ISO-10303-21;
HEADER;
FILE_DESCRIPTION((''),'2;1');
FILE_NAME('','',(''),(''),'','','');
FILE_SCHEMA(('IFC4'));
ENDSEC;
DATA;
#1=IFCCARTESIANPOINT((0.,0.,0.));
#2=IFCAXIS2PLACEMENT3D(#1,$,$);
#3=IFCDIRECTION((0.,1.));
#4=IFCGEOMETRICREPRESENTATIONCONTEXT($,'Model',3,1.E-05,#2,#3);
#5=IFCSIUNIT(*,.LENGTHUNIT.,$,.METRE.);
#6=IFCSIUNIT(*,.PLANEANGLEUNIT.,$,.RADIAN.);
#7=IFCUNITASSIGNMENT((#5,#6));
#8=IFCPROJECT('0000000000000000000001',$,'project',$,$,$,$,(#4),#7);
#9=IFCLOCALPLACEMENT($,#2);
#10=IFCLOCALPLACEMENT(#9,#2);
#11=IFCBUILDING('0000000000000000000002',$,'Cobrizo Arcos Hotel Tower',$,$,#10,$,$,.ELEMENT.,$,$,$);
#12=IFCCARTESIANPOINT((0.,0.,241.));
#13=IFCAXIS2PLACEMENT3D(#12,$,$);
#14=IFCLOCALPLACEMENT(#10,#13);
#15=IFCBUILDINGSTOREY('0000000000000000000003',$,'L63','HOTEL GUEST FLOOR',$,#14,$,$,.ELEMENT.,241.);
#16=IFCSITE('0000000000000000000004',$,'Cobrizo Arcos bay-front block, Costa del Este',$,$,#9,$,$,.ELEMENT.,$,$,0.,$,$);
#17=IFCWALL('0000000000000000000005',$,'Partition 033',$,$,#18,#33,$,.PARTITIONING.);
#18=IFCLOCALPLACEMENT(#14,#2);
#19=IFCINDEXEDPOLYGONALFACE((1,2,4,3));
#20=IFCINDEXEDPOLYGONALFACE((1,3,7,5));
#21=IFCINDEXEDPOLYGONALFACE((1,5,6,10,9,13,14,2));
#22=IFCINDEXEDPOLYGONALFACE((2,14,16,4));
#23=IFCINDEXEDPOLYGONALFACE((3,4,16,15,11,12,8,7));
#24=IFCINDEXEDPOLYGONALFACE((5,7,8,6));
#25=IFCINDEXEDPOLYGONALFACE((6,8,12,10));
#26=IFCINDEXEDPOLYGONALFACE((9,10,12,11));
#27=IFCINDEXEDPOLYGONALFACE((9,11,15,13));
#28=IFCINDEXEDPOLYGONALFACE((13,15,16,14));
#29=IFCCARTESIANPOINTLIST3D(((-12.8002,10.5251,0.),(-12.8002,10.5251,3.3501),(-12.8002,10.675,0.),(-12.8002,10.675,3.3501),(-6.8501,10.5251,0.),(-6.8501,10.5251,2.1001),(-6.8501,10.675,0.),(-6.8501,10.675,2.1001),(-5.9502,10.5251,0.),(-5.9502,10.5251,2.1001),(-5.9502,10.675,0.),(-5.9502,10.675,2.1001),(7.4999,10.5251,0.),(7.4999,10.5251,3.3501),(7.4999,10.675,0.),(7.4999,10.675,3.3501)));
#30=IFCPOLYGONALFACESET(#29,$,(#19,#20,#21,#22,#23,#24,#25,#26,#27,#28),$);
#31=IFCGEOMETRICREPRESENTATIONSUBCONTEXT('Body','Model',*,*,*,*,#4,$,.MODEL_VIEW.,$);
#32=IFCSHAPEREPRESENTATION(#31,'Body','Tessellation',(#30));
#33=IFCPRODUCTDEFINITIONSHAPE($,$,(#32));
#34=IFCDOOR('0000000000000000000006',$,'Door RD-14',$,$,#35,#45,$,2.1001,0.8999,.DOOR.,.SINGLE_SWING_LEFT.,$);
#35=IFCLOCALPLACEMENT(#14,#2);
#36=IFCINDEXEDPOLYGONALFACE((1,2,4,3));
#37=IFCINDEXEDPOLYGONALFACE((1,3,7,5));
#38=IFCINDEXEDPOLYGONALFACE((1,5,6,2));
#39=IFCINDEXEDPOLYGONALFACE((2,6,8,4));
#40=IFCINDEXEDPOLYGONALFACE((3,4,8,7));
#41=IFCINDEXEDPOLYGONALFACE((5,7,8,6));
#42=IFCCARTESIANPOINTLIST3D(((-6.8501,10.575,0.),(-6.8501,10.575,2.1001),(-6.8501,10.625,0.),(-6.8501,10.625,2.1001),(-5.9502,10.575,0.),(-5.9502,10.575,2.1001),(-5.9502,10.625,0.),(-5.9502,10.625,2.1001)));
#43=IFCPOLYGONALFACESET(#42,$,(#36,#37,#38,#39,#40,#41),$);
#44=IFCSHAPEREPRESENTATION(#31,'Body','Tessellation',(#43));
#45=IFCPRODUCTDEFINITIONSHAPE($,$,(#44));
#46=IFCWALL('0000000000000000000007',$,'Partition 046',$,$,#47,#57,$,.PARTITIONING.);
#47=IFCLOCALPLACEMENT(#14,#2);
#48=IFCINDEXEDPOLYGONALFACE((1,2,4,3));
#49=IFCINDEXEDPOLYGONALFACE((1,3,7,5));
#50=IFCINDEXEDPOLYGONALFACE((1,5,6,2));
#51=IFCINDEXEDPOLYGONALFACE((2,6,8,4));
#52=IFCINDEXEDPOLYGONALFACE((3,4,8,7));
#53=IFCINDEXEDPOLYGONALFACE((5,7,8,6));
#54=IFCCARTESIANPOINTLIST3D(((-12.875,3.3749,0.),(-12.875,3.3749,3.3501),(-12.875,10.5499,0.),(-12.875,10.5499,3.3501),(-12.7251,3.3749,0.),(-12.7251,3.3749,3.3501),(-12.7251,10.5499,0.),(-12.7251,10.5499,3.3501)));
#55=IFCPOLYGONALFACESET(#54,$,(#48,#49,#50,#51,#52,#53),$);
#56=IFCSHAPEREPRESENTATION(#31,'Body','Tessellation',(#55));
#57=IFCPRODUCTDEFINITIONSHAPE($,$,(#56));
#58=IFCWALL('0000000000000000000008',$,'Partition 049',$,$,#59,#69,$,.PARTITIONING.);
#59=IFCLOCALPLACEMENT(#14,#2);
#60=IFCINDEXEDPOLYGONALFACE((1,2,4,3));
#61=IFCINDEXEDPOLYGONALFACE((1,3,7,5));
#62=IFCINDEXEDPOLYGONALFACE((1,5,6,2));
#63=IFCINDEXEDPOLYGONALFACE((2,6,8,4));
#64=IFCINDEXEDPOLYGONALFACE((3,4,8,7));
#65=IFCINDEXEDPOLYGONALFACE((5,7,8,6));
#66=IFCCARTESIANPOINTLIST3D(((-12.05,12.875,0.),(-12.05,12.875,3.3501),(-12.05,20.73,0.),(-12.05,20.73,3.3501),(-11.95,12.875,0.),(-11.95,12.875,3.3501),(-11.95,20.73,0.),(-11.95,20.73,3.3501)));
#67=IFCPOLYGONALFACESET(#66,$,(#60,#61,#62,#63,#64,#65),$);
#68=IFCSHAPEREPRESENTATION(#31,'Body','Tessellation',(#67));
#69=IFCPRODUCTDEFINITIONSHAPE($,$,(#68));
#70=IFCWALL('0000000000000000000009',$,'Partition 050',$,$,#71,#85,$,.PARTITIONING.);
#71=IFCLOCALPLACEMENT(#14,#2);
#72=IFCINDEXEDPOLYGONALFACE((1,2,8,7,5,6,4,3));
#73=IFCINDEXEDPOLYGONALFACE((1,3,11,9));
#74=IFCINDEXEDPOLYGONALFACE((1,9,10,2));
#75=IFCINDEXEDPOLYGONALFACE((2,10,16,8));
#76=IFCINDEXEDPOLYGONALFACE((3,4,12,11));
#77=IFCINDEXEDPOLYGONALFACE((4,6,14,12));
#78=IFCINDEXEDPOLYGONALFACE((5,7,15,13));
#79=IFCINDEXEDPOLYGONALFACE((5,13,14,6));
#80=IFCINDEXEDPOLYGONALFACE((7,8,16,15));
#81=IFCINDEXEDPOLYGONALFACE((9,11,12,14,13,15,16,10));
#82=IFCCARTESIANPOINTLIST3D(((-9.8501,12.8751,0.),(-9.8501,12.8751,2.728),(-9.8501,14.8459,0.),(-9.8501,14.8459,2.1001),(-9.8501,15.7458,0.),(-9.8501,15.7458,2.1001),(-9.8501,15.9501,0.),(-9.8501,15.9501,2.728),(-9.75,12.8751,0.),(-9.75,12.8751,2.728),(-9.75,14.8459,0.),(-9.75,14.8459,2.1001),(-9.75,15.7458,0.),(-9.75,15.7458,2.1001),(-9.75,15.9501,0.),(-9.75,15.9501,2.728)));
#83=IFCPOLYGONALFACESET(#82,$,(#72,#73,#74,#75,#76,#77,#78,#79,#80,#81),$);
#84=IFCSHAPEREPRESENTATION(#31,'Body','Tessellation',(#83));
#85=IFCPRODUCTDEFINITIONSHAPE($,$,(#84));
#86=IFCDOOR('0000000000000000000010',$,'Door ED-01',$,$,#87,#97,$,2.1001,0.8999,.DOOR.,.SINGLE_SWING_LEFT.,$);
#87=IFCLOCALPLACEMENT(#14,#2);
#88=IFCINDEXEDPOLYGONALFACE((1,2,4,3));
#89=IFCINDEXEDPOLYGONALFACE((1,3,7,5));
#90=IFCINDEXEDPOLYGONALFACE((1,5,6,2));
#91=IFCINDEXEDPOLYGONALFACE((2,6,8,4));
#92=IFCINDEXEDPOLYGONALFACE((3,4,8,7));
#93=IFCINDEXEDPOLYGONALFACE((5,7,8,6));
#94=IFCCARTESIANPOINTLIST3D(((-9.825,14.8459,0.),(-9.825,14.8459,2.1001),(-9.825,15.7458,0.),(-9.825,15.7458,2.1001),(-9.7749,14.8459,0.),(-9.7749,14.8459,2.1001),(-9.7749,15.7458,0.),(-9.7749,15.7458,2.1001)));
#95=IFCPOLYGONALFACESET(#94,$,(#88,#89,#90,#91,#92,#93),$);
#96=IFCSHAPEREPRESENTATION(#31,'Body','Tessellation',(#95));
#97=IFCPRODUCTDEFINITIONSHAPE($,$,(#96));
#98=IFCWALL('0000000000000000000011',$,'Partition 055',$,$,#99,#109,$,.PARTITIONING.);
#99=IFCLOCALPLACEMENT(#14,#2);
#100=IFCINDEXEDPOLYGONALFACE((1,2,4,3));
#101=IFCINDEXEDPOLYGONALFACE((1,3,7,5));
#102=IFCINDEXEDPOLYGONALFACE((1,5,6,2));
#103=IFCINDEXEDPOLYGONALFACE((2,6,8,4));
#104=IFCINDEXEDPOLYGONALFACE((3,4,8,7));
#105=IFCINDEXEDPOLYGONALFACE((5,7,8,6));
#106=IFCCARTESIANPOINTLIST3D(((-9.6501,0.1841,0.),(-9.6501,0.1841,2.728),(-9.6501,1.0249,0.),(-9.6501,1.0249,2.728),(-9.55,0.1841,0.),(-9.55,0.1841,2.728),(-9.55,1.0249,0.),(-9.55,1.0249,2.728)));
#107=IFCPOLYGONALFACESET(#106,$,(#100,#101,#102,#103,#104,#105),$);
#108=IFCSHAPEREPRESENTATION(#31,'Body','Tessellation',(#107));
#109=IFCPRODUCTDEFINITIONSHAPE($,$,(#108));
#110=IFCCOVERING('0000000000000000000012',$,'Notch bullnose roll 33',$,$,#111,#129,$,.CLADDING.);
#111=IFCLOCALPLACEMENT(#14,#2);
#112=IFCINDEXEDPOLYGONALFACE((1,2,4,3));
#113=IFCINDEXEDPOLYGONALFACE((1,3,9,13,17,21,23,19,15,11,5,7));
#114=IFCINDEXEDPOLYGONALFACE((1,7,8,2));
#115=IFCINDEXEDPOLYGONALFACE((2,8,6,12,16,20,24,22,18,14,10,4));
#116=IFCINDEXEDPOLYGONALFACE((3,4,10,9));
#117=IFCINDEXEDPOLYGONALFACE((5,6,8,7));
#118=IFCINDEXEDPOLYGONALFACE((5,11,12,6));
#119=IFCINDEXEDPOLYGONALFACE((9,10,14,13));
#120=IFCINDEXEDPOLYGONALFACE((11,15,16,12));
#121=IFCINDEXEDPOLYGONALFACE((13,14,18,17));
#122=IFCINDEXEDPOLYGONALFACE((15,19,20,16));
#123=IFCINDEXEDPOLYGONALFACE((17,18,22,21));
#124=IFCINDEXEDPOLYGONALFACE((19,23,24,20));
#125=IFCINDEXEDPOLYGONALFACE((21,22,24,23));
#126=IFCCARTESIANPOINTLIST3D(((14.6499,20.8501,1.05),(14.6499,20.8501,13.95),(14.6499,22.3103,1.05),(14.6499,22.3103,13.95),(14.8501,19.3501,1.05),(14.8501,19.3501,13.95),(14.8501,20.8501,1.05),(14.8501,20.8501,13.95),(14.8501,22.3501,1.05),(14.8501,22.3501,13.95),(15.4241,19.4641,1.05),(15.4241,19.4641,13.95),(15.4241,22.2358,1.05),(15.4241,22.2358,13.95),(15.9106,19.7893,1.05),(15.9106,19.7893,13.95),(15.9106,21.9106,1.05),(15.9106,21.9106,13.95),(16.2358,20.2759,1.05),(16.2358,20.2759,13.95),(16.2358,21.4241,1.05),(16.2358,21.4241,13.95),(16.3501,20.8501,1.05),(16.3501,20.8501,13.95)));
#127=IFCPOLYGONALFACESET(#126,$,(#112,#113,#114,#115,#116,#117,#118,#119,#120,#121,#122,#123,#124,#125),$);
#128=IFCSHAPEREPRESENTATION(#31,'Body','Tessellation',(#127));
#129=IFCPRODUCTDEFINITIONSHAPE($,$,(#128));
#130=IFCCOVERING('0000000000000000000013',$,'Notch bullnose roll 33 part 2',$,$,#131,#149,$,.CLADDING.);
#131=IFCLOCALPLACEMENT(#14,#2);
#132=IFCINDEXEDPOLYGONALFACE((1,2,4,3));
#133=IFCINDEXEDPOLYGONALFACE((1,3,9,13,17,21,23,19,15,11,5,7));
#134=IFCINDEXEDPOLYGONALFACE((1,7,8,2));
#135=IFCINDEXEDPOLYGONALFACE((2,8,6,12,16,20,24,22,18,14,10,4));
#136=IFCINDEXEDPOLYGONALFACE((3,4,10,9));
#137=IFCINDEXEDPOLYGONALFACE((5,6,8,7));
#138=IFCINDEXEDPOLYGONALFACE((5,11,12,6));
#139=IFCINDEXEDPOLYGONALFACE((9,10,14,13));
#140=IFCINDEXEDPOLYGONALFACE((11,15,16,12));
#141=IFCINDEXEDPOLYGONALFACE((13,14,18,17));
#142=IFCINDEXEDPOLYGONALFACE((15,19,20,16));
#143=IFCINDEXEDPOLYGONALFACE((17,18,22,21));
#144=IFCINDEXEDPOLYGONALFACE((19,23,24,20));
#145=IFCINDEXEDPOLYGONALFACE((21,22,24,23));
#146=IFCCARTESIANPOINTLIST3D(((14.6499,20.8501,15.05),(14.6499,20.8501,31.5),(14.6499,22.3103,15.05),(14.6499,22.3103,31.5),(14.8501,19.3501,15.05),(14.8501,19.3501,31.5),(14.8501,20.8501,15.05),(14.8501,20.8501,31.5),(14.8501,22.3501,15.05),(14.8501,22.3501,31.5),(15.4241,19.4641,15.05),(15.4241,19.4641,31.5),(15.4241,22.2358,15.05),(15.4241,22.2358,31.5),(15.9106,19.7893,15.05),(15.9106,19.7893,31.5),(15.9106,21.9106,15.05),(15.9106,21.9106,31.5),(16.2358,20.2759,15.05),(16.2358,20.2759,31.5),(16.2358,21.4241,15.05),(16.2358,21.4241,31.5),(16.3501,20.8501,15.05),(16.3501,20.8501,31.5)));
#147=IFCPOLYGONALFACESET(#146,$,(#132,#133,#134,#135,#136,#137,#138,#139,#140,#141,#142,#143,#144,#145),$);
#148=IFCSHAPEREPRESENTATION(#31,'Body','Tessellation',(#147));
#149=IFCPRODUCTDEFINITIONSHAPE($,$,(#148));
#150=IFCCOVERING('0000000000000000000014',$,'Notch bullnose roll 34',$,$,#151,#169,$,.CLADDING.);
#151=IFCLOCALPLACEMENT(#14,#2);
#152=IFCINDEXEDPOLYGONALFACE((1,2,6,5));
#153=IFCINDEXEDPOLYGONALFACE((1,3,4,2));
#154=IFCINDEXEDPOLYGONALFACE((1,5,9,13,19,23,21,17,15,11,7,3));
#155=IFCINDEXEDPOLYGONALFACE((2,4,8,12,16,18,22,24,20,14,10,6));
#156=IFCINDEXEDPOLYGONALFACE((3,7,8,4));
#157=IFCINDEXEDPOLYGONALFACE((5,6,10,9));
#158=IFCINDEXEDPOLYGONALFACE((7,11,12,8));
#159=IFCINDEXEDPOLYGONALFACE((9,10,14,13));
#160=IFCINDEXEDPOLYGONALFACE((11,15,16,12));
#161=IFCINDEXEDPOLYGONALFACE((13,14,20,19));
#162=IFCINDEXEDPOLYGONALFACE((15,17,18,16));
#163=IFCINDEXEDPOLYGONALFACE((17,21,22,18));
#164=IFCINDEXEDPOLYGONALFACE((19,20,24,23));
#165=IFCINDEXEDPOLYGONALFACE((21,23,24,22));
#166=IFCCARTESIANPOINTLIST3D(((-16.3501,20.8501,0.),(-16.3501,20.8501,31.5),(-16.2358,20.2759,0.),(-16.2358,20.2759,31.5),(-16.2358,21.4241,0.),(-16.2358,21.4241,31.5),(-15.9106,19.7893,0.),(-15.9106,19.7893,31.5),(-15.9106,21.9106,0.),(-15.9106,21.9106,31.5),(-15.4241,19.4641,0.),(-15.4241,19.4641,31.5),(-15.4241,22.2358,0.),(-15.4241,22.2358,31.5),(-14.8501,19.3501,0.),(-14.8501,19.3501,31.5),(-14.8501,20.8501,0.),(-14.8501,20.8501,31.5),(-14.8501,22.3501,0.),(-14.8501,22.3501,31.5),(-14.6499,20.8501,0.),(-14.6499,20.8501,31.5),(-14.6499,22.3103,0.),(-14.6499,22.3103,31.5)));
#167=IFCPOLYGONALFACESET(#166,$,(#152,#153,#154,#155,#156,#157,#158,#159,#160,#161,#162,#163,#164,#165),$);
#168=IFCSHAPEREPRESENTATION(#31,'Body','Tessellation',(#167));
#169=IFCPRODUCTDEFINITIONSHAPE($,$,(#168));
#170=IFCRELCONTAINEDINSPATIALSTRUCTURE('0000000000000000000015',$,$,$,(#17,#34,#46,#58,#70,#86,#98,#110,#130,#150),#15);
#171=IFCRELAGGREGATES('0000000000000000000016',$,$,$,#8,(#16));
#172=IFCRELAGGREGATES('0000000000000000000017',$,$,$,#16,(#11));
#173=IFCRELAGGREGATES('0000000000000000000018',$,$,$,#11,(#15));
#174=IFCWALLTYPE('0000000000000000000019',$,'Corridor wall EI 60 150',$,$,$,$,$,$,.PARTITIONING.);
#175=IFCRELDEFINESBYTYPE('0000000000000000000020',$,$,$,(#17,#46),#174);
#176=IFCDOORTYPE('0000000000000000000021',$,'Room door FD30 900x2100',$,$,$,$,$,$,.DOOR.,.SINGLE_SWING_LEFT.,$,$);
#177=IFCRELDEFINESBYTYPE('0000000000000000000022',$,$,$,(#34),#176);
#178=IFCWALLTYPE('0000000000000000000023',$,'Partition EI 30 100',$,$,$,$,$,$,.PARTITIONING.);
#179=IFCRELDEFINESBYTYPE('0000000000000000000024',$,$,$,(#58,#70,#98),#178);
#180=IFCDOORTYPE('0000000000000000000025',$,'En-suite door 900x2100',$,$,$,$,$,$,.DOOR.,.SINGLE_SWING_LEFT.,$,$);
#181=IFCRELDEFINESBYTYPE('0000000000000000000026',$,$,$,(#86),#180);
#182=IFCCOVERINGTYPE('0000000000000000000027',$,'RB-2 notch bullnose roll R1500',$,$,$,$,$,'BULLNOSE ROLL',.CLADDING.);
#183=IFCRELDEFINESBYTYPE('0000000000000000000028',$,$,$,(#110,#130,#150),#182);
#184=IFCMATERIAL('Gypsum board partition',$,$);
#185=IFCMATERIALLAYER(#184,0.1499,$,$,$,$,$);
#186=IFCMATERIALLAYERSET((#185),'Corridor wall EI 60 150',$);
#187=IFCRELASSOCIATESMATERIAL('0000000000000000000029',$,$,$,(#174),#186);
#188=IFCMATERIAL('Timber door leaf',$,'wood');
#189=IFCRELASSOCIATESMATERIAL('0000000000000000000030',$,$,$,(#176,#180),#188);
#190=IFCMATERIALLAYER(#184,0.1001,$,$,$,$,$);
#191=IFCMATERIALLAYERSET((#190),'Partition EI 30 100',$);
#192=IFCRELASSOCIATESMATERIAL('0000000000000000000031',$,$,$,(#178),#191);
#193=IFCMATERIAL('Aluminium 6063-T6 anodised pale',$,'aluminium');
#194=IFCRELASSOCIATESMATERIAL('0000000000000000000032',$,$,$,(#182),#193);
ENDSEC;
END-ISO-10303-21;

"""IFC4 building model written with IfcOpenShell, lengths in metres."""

from ifc_helpers import new_model, si_unit, direction, frame, frame_2d, origin, place, context, subcontext, project, spatial, polyline, rectangle, outline, extrude, material, layer, layer_set, type_object, element, fill, save


model = new_model("IFC4")

# Units and contexts
model_context = context("Model", 3, precision=1e-05, world=origin(), true_north=direction((0.0, 1.0)))
body_context = subcontext(model_context, "Body", "Model", "MODEL_VIEW")
ifc_project = project(units=[si_unit("LENGTHUNIT", "METRE"), si_unit("PLANEANGLEUNIT", "RADIAN")], contexts=[model_context])

# Site, building, storey
site_placement = place(None, origin())
site = spatial("IfcSite", under=ifc_project, at=site_placement, Name="Cobrizo Arcos bay-front block, Costa del Este", CompositionType="ELEMENT", RefElevation=0.0)
building_placement = place(site_placement, origin())
building = spatial("IfcBuilding", under=site, at=building_placement, Name="Cobrizo Arcos Hotel Tower", CompositionType="ELEMENT")
storey_placement = place(building_placement, frame((0.0, 0.0, 241.0)))
storey = spatial("IfcBuildingStorey", under=building, at=storey_placement, Name="L63", Description="HOTEL GUEST FLOOR", CompositionType="ELEMENT", Elevation=241.0)

# Shared definitions
ifc_material_1 = material(Name="Gypsum board partition")
ifc_layer_1 = layer(ifc_material_1, 0.1499)
ifc_layer_set_1 = layer_set([ifc_layer_1], Name="Corridor wall EI 60 150")
wall_type_1 = type_object("IfcWallType", Name="Corridor wall EI 60 150", PredefinedType="PARTITIONING", material=ifc_layer_set_1)

# Wall, opening, door
ifc_material_2 = material(Name="Timber door leaf", Category="wood")
door_type_1 = type_object("IfcDoorType", Name="Room door FD30 900x2100", OperationType="SINGLE_SWING_LEFT", PredefinedType="DOOR", material=ifc_material_2)
wall_1_placement = place(storey_placement, frame((-12.8, 10.6001, 0.0), z_axis=(0.0, 0.0, 1.0), x_axis=(1.0, 0.0, 0.0)))
wall_1 = element("IfcWall", 1, at=wall_1_placement, inside=storey, type_object=wall_type_1, Name="Partition 033", PredefinedType="PARTITIONING", context=body_context, shape_type="SweptSolid", body=[
    extrude(rectangle(XDim=20.3, YDim=0.1499, at=frame_2d((10.1499, 0.0))), origin(), (0.0, 0.0, 1.0), 3.3501),
])
opening_1_placement = place(wall_1_placement, frame((5.95, 0.0, 0.0)))
opening_1 = element("IfcOpeningElement", 2, at=opening_1_placement, cuts=wall_1, PredefinedType="OPENING", context=body_context, shape_type="SweptSolid", body=[
    extrude(rectangle(XDim=0.8999, YDim=2.1001, at=frame_2d((0.45, 1.05))), frame((0.0, 0.0869, 0.0), z_axis=(0.0, -1.0, 0.0), x_axis=(1.0, 0.0, 0.0)), (0.0, 0.0, 1.0), 0.1738),
])
door_1_placement = place(opening_1_placement, origin())
door_1 = element("IfcDoor", 3, at=door_1_placement, inside=storey, type_object=door_type_1, Name="Door RD-14", OperationType="SINGLE_SWING_LEFT", OverallHeight=2.1001, OverallWidth=0.8999, PredefinedType="DOOR", context=body_context, shape_type="SweptSolid", body=[
    extrude(rectangle(XDim=0.8999, YDim=2.1001, at=frame_2d((0.45, 1.05))), frame((0.0, 0.0249, 0.0), z_axis=(0.0, -1.0, 0.0), x_axis=(1.0, 0.0, 0.0)), (0.0, 0.0, 1.0), 0.05),
])
fill(opening_1, door_1)

# Walls
wall_2_placement = place(storey_placement, frame((-12.8, 3.375, 0.0), z_axis=(0.0, 0.0, 1.0), x_axis=(0.0, 1.0, 0.0)))
element("IfcWall", 4, at=wall_2_placement, inside=storey, type_object=wall_type_1, Name="Partition 046", PredefinedType="PARTITIONING", context=body_context, shape_type="SweptSolid", body=[
    extrude(rectangle(XDim=7.175, YDim=0.1499, at=frame_2d((3.5874, 0.0))), origin(), (0.0, 0.0, 1.0), 3.3501),
])
ifc_layer_2 = layer(ifc_material_1, 0.1001)
ifc_layer_set_2 = layer_set([ifc_layer_2], Name="Partition EI 30 100")
wall_type_2 = type_object("IfcWallType", Name="Partition EI 30 100", PredefinedType="PARTITIONING", material=ifc_layer_set_2)
wall_3_placement = place(storey_placement, frame((-12.0, 12.875, 0.0), z_axis=(0.0, 0.0, 1.0), x_axis=(0.0, 1.0, 0.0)))
element("IfcWall", 5, at=wall_3_placement, inside=storey, type_object=wall_type_2, Name="Partition 049", PredefinedType="PARTITIONING", context=body_context, shape_type="SweptSolid", body=[
    extrude(rectangle(XDim=7.855, YDim=0.1001, at=frame_2d((3.9275, 0.0))), origin(), (0.0, 0.0, 1.0), 3.3501),
])

# Wall, opening, door
wall_4_placement = place(storey_placement, frame((-9.8, 12.875, 0.0), z_axis=(0.0, 0.0, 1.0), x_axis=(0.0, 1.0, 0.0)))
wall_4 = element("IfcWall", 6, at=wall_4_placement, inside=storey, type_object=wall_type_2, Name="Partition 050", PredefinedType="PARTITIONING", context=body_context, shape_type="SweptSolid", body=[
    extrude(rectangle(XDim=3.075, YDim=0.1001, at=frame_2d((1.5376, 0.0))), origin(), (0.0, 0.0, 1.0), 2.728),
])
opening_2_placement = place(wall_4_placement, frame((1.9709, 0.0, 0.0)))
opening_2 = element("IfcOpeningElement", 7, at=opening_2_placement, cuts=wall_4, PredefinedType="OPENING", context=body_context, shape_type="SweptSolid", body=[
    extrude(rectangle(XDim=0.8999, YDim=2.1001, at=frame_2d((0.45, 1.05))), frame((0.0, 0.062, 0.0), z_axis=(0.0, -1.0, 0.0), x_axis=(1.0, 0.0, 0.0)), (0.0, 0.0, 1.0), 0.124),
])
door_type_2 = type_object("IfcDoorType", Name="En-suite door 900x2100", OperationType="SINGLE_SWING_LEFT", PredefinedType="DOOR", material=ifc_material_2)
door_2_placement = place(opening_2_placement, origin())
door_2 = element("IfcDoor", 8, at=door_2_placement, inside=storey, type_object=door_type_2, Name="Door ED-01", OperationType="SINGLE_SWING_LEFT", OverallHeight=2.1001, OverallWidth=0.8999, PredefinedType="DOOR", context=body_context, shape_type="SweptSolid", body=[
    extrude(rectangle(XDim=0.8999, YDim=2.1001, at=frame_2d((0.45, 1.05))), frame((0.0, 0.0249, 0.0), z_axis=(0.0, -1.0, 0.0), x_axis=(1.0, 0.0, 0.0)), (0.0, 0.0, 1.0), 0.05),
])
fill(opening_2, door_2)

# Wall
wall_5_placement = place(storey_placement, frame((-9.6001, 0.1841, 0.0), z_axis=(0.0, 0.0, 1.0), x_axis=(0.0, 1.0, 0.0)))
element("IfcWall", 9, at=wall_5_placement, inside=storey, type_object=wall_type_2, Name="Partition 055", PredefinedType="PARTITIONING", context=body_context, shape_type="SweptSolid", body=[
    extrude(rectangle(XDim=0.8408, YDim=0.1001, at=frame_2d((0.4204, 0.0))), origin(), (0.0, 0.0, 1.0), 2.728),
])

# Coverings
ifc_material_3 = material(Name="Aluminium 6063-T6 anodised pale", Category="aluminium")
covering_type = type_object("IfcCoveringType", Name="RB-2 notch bullnose roll R1500", ElementType="BULLNOSE ROLL", PredefinedType="CLADDING", material=ifc_material_3)
covering_1_placement = place(storey_placement, frame((0.0, 0.0, 1.05)))
element("IfcCovering", 10, at=covering_1_placement, inside=storey, type_object=covering_type, Name="Notch bullnose roll 33", PredefinedType="CLADDING", context=body_context, shape_type="SweptSolid", body=[
    extrude(outline(polyline([(15.9106, 19.7893), (16.2358, 20.2759), (16.3501, 20.8501), (16.2358, 21.4241), (15.9106, 21.9106), (15.4241, 22.2358), (14.8501, 22.3501), (14.6499, 22.3103), (14.6499, 20.8501), (14.8501, 20.8501), (14.8501, 19.3501), (15.4241, 19.4641), (15.9106, 19.7893)])), origin(), (0.0, 0.0, 1.0), 12.8999),
])
covering_2_placement = place(storey_placement, frame((0.0, 0.0, 15.05)))
element("IfcCovering", 11, at=covering_2_placement, inside=storey, type_object=covering_type, Name="Notch bullnose roll 33 part 2", PredefinedType="CLADDING", context=body_context, shape_type="SweptSolid", body=[
    extrude(outline(polyline([(15.9106, 19.7893), (16.2358, 20.2759), (16.3501, 20.8501), (16.2358, 21.4241), (15.9106, 21.9106), (15.4241, 22.2358), (14.8501, 22.3501), (14.6499, 22.3103), (14.6499, 20.8501), (14.8501, 20.8501), (14.8501, 19.3501), (15.4241, 19.4641), (15.9106, 19.7893)])), origin(), (0.0, 0.0, 1.0), 16.45),
])
covering_3_placement = place(storey_placement, origin())
element("IfcCovering", 12, at=covering_3_placement, inside=storey, type_object=covering_type, Name="Notch bullnose roll 34", PredefinedType="CLADDING", context=body_context, shape_type="SweptSolid", body=[
    extrude(outline(polyline([(-15.9106, 19.7893), (-15.4241, 19.4641), (-14.8501, 19.3501), (-14.8501, 20.8501), (-14.6499, 20.8501), (-14.6499, 22.3103), (-14.8501, 22.3501), (-15.4241, 22.2358), (-15.9106, 21.9106), (-16.2358, 21.4241), (-16.3501, 20.8501), (-16.2358, 20.2759), (-15.9106, 19.7893)])), origin(), (0.0, 0.0, 1.0), 31.5),
])

save(model, "model.ifc")
